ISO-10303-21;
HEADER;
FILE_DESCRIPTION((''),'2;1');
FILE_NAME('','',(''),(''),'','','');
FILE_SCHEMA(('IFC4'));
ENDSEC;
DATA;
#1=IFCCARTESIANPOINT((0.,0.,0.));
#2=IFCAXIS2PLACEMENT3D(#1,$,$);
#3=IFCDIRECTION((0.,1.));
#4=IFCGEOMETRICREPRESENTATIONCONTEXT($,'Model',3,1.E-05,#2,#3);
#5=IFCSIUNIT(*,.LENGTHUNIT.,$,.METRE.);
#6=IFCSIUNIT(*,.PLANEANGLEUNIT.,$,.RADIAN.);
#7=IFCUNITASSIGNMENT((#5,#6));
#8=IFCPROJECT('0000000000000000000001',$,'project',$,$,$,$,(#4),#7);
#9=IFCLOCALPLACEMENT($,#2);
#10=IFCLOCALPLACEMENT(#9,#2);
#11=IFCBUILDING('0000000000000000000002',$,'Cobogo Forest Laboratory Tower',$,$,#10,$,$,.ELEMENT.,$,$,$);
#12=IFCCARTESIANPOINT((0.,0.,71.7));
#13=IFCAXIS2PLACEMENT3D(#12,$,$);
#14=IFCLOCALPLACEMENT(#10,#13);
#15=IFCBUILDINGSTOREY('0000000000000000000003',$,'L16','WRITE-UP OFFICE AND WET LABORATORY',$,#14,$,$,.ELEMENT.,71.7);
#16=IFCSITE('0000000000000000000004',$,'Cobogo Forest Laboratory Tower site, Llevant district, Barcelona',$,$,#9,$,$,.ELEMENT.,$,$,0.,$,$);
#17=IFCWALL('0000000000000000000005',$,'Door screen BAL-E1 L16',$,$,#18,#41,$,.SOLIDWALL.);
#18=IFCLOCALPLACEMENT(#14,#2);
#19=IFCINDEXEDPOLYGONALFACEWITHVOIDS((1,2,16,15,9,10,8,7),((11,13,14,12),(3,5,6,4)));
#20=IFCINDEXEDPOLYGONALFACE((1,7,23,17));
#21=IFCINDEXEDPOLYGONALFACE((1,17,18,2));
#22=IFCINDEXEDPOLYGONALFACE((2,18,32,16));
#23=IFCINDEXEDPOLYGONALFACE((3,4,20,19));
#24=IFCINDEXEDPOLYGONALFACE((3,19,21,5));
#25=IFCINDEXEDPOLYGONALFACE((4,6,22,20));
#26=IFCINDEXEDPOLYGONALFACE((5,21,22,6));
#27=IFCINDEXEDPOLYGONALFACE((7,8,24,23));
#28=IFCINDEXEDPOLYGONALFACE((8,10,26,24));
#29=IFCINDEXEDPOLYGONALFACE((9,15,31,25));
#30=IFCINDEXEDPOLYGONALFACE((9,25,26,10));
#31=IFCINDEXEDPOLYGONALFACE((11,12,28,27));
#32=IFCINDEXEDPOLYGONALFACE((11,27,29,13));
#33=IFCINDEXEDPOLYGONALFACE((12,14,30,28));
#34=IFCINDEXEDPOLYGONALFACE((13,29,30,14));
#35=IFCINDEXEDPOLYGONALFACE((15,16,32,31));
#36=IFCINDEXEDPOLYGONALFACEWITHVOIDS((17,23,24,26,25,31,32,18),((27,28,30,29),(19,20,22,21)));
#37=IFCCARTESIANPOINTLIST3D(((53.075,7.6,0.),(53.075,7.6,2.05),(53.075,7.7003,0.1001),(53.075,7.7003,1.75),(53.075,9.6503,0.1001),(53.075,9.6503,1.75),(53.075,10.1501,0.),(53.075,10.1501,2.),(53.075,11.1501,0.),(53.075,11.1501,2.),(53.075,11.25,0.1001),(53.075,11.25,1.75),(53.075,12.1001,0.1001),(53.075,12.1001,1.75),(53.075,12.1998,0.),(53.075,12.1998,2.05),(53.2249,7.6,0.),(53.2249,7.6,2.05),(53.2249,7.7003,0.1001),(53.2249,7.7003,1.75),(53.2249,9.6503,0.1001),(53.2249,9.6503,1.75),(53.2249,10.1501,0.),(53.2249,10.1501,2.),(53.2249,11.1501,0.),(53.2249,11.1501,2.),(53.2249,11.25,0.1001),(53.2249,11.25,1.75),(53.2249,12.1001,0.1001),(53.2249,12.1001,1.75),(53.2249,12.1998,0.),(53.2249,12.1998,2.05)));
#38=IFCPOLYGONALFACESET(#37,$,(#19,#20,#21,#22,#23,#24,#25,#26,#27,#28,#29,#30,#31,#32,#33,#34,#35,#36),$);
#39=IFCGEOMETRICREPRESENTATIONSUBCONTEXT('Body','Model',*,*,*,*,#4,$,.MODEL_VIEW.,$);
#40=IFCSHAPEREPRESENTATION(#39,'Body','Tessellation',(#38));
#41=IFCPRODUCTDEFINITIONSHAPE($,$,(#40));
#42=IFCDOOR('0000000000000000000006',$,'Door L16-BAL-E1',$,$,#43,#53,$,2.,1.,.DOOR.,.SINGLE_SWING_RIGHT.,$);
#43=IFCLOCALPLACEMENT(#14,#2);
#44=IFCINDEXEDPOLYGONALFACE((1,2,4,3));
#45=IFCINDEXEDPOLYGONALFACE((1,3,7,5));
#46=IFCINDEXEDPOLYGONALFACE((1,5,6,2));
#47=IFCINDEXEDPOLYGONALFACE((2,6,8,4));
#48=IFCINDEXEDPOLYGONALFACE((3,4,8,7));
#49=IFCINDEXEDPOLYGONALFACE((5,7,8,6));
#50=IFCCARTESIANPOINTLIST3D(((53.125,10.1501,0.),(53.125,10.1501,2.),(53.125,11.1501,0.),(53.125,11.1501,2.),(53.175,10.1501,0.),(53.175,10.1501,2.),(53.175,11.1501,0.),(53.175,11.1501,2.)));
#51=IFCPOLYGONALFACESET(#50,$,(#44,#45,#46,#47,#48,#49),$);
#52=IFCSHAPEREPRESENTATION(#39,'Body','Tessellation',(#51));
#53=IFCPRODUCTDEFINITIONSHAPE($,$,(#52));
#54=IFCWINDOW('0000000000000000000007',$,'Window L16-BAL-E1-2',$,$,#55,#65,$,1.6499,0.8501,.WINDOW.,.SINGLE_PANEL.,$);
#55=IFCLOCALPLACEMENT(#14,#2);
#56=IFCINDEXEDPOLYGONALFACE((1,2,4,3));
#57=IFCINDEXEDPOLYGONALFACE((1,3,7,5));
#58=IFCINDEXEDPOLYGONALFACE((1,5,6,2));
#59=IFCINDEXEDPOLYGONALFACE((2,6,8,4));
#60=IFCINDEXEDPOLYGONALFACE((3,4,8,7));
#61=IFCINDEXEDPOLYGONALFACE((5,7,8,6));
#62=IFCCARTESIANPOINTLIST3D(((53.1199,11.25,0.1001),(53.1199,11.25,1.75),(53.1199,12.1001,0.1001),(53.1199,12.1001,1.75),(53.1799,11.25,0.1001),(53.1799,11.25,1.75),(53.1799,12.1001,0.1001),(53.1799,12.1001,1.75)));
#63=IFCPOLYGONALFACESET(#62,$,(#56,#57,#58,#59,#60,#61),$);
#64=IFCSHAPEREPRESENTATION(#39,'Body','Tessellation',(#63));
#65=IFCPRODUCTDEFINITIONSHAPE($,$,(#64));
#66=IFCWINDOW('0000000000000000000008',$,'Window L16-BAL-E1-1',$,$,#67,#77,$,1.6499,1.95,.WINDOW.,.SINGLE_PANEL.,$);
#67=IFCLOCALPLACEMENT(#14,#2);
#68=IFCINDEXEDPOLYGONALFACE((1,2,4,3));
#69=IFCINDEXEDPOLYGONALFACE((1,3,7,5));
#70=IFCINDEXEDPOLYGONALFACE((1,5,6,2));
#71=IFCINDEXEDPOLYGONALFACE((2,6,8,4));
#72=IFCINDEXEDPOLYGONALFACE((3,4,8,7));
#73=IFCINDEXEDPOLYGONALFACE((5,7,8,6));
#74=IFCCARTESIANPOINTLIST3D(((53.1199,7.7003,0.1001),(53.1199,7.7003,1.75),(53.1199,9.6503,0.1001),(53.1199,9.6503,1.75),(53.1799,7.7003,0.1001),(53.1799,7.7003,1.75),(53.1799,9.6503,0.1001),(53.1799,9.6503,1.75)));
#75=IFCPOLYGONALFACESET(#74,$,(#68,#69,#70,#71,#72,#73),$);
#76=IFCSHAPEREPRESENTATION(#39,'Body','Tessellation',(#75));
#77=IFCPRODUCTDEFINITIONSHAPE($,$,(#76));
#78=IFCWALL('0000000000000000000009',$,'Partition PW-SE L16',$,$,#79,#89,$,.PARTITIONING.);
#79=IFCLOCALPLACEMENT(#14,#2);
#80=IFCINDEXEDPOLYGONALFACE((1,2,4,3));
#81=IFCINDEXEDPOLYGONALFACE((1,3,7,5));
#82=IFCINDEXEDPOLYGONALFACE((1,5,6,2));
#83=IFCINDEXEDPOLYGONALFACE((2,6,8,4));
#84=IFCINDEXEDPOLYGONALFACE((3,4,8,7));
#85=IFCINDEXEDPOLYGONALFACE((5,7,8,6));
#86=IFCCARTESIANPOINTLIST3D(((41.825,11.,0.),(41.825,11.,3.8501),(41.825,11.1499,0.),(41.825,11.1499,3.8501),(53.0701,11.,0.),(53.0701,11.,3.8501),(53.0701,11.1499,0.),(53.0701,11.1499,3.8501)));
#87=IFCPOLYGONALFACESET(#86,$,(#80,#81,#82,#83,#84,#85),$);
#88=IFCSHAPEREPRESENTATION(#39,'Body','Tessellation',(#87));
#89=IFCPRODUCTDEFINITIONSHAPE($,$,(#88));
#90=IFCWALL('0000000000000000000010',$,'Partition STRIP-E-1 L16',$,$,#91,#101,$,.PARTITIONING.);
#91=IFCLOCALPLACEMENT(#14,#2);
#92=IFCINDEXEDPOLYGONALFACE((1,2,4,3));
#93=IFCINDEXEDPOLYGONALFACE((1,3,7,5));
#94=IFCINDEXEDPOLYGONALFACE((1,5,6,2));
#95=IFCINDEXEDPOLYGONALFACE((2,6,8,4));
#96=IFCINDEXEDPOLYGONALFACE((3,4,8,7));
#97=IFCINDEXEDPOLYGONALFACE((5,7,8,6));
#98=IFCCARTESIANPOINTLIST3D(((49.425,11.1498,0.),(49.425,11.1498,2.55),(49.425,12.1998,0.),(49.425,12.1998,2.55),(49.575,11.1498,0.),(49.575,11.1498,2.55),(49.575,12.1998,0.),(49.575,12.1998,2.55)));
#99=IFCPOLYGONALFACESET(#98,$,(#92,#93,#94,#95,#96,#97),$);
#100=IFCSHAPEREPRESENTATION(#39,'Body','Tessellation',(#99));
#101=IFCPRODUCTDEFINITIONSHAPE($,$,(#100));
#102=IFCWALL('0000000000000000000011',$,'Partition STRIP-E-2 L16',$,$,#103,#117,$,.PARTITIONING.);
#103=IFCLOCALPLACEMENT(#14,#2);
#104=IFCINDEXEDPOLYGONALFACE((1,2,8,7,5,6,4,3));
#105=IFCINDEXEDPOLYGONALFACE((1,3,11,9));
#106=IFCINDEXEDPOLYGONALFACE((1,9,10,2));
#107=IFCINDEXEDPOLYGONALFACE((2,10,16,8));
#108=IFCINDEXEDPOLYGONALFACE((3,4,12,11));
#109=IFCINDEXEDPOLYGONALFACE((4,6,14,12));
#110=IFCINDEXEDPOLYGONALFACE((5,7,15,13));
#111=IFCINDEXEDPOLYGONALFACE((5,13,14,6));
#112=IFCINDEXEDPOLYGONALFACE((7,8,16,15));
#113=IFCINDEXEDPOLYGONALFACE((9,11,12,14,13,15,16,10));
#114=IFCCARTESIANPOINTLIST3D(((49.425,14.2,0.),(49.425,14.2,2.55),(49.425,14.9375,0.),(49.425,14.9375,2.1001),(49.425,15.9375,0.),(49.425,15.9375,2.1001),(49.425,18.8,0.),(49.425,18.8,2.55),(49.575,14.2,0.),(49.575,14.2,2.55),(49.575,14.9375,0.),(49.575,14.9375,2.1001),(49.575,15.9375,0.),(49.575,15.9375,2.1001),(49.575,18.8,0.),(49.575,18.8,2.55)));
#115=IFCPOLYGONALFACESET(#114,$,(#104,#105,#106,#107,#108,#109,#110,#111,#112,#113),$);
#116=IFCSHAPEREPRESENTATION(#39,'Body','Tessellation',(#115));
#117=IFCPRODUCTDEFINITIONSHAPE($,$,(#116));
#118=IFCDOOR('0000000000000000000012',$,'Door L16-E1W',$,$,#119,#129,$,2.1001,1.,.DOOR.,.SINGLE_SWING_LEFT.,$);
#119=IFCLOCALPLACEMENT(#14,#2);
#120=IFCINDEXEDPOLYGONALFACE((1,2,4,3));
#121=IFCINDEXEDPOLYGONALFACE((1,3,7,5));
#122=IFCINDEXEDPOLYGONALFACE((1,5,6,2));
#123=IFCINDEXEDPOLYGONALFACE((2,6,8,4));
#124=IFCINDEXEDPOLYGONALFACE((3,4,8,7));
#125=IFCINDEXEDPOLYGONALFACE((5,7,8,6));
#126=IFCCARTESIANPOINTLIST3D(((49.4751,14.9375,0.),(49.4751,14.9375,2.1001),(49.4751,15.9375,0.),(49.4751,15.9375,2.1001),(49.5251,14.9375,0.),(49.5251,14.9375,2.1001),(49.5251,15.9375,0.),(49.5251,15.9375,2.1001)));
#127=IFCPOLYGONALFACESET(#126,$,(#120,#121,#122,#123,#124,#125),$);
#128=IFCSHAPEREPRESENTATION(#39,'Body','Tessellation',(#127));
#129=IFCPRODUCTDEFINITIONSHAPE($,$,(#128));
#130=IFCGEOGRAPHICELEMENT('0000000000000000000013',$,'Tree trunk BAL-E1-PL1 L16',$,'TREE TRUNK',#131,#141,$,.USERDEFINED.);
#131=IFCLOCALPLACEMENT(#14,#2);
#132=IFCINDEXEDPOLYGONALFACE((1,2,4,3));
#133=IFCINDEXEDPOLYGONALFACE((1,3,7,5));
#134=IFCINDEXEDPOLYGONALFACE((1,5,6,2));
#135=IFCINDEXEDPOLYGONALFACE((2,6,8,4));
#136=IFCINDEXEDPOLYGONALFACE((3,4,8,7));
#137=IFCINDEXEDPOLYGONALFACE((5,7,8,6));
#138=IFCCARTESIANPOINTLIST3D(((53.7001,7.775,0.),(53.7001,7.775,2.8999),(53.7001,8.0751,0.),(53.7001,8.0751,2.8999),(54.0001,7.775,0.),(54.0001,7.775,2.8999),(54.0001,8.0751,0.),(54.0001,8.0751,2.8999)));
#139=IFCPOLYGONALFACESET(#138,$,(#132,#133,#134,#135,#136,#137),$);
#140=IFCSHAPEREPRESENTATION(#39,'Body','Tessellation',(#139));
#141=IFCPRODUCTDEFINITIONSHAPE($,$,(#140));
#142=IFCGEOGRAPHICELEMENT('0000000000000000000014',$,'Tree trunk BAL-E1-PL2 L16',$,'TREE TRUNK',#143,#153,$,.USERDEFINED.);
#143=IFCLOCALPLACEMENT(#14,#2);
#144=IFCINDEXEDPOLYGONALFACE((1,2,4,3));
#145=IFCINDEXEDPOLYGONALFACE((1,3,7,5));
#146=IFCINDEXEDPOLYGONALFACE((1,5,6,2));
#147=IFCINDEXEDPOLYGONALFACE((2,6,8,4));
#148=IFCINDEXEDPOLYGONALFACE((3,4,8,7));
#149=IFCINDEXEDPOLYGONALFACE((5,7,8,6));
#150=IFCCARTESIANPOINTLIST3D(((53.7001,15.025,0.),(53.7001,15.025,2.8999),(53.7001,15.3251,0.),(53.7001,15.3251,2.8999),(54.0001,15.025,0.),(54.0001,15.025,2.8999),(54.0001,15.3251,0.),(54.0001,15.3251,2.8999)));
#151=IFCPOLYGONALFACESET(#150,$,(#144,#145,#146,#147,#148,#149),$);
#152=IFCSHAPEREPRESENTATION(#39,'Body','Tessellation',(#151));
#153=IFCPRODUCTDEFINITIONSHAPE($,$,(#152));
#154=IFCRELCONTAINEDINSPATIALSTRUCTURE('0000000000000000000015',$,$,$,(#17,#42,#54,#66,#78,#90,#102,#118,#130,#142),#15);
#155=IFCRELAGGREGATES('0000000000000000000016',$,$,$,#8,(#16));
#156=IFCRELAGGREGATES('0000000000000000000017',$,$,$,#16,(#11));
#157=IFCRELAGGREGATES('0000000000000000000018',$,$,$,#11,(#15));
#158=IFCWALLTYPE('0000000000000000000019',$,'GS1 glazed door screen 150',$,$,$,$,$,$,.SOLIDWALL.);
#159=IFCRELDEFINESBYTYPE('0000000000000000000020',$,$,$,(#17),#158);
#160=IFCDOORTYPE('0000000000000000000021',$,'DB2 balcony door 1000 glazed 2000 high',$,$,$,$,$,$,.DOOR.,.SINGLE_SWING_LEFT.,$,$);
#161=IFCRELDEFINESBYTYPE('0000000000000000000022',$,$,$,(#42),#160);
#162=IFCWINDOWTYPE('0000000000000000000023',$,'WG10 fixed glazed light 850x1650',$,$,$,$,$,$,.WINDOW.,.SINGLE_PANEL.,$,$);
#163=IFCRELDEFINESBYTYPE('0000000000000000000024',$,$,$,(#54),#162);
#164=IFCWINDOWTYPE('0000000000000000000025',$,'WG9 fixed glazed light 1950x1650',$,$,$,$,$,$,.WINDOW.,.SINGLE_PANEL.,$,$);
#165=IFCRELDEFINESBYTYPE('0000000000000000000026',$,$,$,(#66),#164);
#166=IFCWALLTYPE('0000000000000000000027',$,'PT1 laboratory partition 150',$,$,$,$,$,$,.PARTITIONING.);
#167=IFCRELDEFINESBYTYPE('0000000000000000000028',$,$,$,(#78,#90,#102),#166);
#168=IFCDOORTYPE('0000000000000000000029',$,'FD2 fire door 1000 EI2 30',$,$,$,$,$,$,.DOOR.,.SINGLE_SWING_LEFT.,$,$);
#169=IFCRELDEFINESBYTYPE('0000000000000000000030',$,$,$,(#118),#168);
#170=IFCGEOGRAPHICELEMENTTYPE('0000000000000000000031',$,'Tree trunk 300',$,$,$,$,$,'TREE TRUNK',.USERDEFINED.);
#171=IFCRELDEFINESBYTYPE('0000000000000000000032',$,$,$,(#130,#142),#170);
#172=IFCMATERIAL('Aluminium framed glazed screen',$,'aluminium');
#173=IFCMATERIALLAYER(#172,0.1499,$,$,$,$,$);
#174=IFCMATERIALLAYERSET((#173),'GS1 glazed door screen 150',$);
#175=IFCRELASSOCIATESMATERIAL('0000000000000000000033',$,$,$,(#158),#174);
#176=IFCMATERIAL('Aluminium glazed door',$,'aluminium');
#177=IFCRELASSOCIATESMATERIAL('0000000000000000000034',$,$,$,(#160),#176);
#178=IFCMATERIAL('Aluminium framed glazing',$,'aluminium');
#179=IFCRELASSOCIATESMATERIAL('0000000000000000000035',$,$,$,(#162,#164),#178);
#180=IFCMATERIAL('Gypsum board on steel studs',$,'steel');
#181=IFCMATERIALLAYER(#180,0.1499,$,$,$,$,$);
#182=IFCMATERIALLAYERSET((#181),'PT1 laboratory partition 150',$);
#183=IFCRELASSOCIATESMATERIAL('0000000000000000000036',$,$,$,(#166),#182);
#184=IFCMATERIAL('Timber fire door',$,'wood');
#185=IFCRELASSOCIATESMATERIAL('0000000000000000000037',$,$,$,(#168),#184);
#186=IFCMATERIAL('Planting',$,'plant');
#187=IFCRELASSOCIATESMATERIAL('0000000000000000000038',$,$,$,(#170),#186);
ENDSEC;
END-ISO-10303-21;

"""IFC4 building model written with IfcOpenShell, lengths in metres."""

from ifc_helpers import new_model, si_unit, direction, frame, frame_2d, origin, origin_2d, place, context, subcontext, project, spatial, rectangle, extrude, material, layer, layer_set, type_object, element, fill, save


model = new_model("IFC4")

# Units and contexts
model_context = context("Model", 3, precision=1e-05, world=origin(), true_north=direction((0.0, 1.0)))
body_context = subcontext(model_context, "Body", "Model", "MODEL_VIEW")
ifc_project = project(units=[si_unit("LENGTHUNIT", "METRE"), si_unit("PLANEANGLEUNIT", "RADIAN")], contexts=[model_context])

# Site, building, storey
site_placement = place(None, origin())
site = spatial("IfcSite", under=ifc_project, at=site_placement, Name="Cobogo Forest Laboratory Tower site, Llevant district, Barcelona", CompositionType="ELEMENT", RefElevation=0.0)
building_placement = place(site_placement, origin())
building = spatial("IfcBuilding", under=site, at=building_placement, Name="Cobogo Forest Laboratory Tower", CompositionType="ELEMENT")
storey_placement = place(building_placement, frame((0.0, 0.0, 71.7)))
storey = spatial("IfcBuildingStorey", under=building, at=storey_placement, Name="L16", Description="WRITE-UP OFFICE AND WET LABORATORY", CompositionType="ELEMENT", Elevation=71.7)

# Wall, openings, door, windows
ifc_material_1 = material(Name="Aluminium framed glazed screen", Category="aluminium")
ifc_layer_1 = layer(ifc_material_1, 0.1499)
ifc_layer_set_1 = layer_set([ifc_layer_1], Name="GS1 glazed door screen 150")
wall_type_1 = type_object("IfcWallType", Name="GS1 glazed door screen 150", PredefinedType="SOLIDWALL", material=ifc_layer_set_1)
wall_1_placement = place(storey_placement, frame((53.1499, 7.6001, 0.0), z_axis=(0.0, 0.0, 1.0), x_axis=(0.0, 1.0, 0.0)))
wall_1 = element("IfcWall", 1, at=wall_1_placement, inside=storey, type_object=wall_type_1, Name="Door screen BAL-E1 L16", PredefinedType="SOLIDWALL", context=body_context, shape_type="SweptSolid", body=[
    extrude(rectangle(XDim=4.5999, YDim=0.1499, at=frame_2d((2.2998, 0.0))), origin(), (0.0, 0.0, 1.0), 2.05),
])
opening_1_placement = place(wall_1_placement, frame((2.55, 0.0, 0.0)))
opening_1 = element("IfcOpeningElement", 2, at=opening_1_placement, cuts=wall_1, PredefinedType="OPENING", context=body_context, shape_type="SweptSolid", body=[
    extrude(rectangle(XDim=1.0, YDim=2.0, at=frame_2d((0.5, 1.0))), frame((0.0, 0.085, 0.0), z_axis=(0.0, -1.0, 0.0), x_axis=(1.0, 0.0, 0.0)), (0.0, 0.0, 1.0), 0.1699),
])
opening_2_placement = place(wall_1_placement, frame((0.1001, 0.0, 0.1001)))
opening_2 = element("IfcOpeningElement", 3, at=opening_2_placement, cuts=wall_1, PredefinedType="OPENING", context=body_context, shape_type="SweptSolid", body=[
    extrude(rectangle(XDim=1.95, YDim=1.6499, at=frame_2d((0.9751, 0.825))), frame((0.0, 0.085, 0.0), z_axis=(0.0, -1.0, 0.0), x_axis=(1.0, 0.0, 0.0)), (0.0, 0.0, 1.0), 0.1699),
])
opening_3_placement = place(wall_1_placement, frame((3.6499, 0.0, 0.1001)))
opening_3 = element("IfcOpeningElement", 4, at=opening_3_placement, cuts=wall_1, PredefinedType="OPENING", context=body_context, shape_type="SweptSolid", body=[
    extrude(rectangle(XDim=0.8501, YDim=1.6499, at=frame_2d((0.425, 0.825))), frame((0.0, 0.085, 0.0), z_axis=(0.0, -1.0, 0.0), x_axis=(1.0, 0.0, 0.0)), (0.0, 0.0, 1.0), 0.1699),
])
ifc_material_2 = material(Name="Aluminium glazed door", Category="aluminium")
door_type_1 = type_object("IfcDoorType", Name="DB2 balcony door 1000 glazed 2000 high", OperationType="SINGLE_SWING_LEFT", PredefinedType="DOOR", material=ifc_material_2)
door_1_placement = place(opening_1_placement, origin())
door_1 = element("IfcDoor", 5, at=door_1_placement, inside=storey, type_object=door_type_1, Name="Door L16-BAL-E1", OperationType="SINGLE_SWING_RIGHT", OverallHeight=2.0, OverallWidth=1.0, PredefinedType="DOOR", context=body_context, shape_type="SweptSolid", body=[
    extrude(rectangle(XDim=1.0, YDim=2.0, at=frame_2d((0.5, 1.0))), frame((0.0, 0.0249, 0.0), z_axis=(0.0, -1.0, 0.0), x_axis=(1.0, 0.0, 0.0)), (0.0, 0.0, 1.0), 0.05),
])
fill(opening_1, door_1)
ifc_material_3 = material(Name="Aluminium framed glazing", Category="aluminium")
window_type_1 = type_object("IfcWindowType", Name="WG10 fixed glazed light 850x1650", PartitioningType="SINGLE_PANEL", PredefinedType="WINDOW", material=ifc_material_3)
window_1_placement = place(opening_3_placement, origin())
window_1 = element("IfcWindow", 6, at=window_1_placement, inside=storey, type_object=window_type_1, Name="Window L16-BAL-E1-2", OverallHeight=1.6499, OverallWidth=0.8501, PartitioningType="SINGLE_PANEL", PredefinedType="WINDOW", context=body_context, shape_type="SweptSolid", body=[
    extrude(rectangle(XDim=0.8501, YDim=1.6499, at=frame_2d((0.425, 0.825))), frame((0.0, 0.03, 0.0), z_axis=(0.0, -1.0, 0.0), x_axis=(1.0, 0.0, 0.0)), (0.0, 0.0, 1.0), 0.0601),
])
fill(opening_3, window_1)
window_type_2 = type_object("IfcWindowType", Name="WG9 fixed glazed light 1950x1650", PartitioningType="SINGLE_PANEL", PredefinedType="WINDOW", material=ifc_material_3)
window_2_placement = place(opening_2_placement, origin())
window_2 = element("IfcWindow", 7, at=window_2_placement, inside=storey, type_object=window_type_2, Name="Window L16-BAL-E1-1", OverallHeight=1.6499, OverallWidth=1.95, PartitioningType="SINGLE_PANEL", PredefinedType="WINDOW", context=body_context, shape_type="SweptSolid", body=[
    extrude(rectangle(XDim=1.95, YDim=1.6499, at=frame_2d((0.9751, 0.825))), frame((0.0, 0.03, 0.0), z_axis=(0.0, -1.0, 0.0), x_axis=(1.0, 0.0, 0.0)), (0.0, 0.0, 1.0), 0.0601),
])
fill(opening_2, window_2)

# Walls
ifc_material_4 = material(Name="Gypsum board on steel studs", Category="steel")
ifc_layer_2 = layer(ifc_material_4, 0.1499)
ifc_layer_set_2 = layer_set([ifc_layer_2], Name="PT1 laboratory partition 150")
wall_type_2 = type_object("IfcWallType", Name="PT1 laboratory partition 150", PredefinedType="PARTITIONING", material=ifc_layer_set_2)
wall_2_placement = place(storey_placement, frame((53.0701, 11.075, 0.0), z_axis=(0.0, 0.0, 1.0), x_axis=(-1.0, 0.0, 0.0)))
element("IfcWall", 8, at=wall_2_placement, inside=storey, type_object=wall_type_2, Name="Partition PW-SE L16", PredefinedType="PARTITIONING", context=body_context, shape_type="SweptSolid", body=[
    extrude(rectangle(XDim=11.2451, YDim=0.1499, at=frame_2d((5.6226, 0.0))), origin(), (0.0, 0.0, 1.0), 3.8501),
])
wall_3_placement = place(storey_placement, frame((49.5, 11.1499, 0.0), z_axis=(0.0, 0.0, 1.0), x_axis=(0.0, 1.0, 0.0)))
element("IfcWall", 9, at=wall_3_placement, inside=storey, type_object=wall_type_2, Name="Partition STRIP-E-1 L16", PredefinedType="PARTITIONING", context=body_context, shape_type="SweptSolid", body=[
    extrude(rectangle(XDim=1.05, YDim=0.1499, at=frame_2d((0.5249, 0.0))), origin(), (0.0, 0.0, 1.0), 2.55),
])

# Wall, opening, door
wall_4_placement = place(storey_placement, frame((49.5, 14.2, 0.0), z_axis=(0.0, 0.0, 1.0), x_axis=(0.0, 1.0, 0.0)))
wall_4 = element("IfcWall", 10, at=wall_4_placement, inside=storey, type_object=wall_type_2, Name="Partition STRIP-E-2 L16", PredefinedType="PARTITIONING", context=body_context, shape_type="SweptSolid", body=[
    extrude(rectangle(XDim=4.6001, YDim=0.1499, at=frame_2d((2.3, 0.0))), origin(), (0.0, 0.0, 1.0), 2.55),
])
opening_4_placement = place(wall_4_placement, frame((0.7375, 0.0, 0.0)))
opening_4 = element("IfcOpeningElement", 11, at=opening_4_placement, cuts=wall_4, PredefinedType="OPENING", context=body_context, shape_type="SweptSolid", body=[
    extrude(rectangle(XDim=1.0, YDim=2.1001, at=frame_2d((0.5, 1.05))), frame((0.0, 0.085, 0.0), z_axis=(0.0, -1.0, 0.0), x_axis=(1.0, 0.0, 0.0)), (0.0, 0.0, 1.0), 0.1699),
])
ifc_material_5 = material(Name="Timber fire door", Category="wood")
door_type_2 = type_object("IfcDoorType", Name="FD2 fire door 1000 EI2 30", OperationType="SINGLE_SWING_LEFT", PredefinedType="DOOR", material=ifc_material_5)
door_2_placement = place(opening_4_placement, origin())
door_2 = element("IfcDoor", 12, at=door_2_placement, inside=storey, type_object=door_type_2, Name="Door L16-E1W", OperationType="SINGLE_SWING_LEFT", OverallHeight=2.1001, OverallWidth=1.0, PredefinedType="DOOR", context=body_context, shape_type="SweptSolid", body=[
    extrude(rectangle(XDim=1.0, YDim=2.1001, at=frame_2d((0.5, 1.05))), frame((0.0, 0.0249, 0.0), z_axis=(0.0, -1.0, 0.0), x_axis=(1.0, 0.0, 0.0)), (0.0, 0.0, 1.0), 0.05),
])
fill(opening_4, door_2)

# Geographic elements
ifc_material_6 = material(Name="Planting", Category="plant")
geographic_element_type = type_object("IfcGeographicElementType", Name="Tree trunk 300", ElementType="TREE TRUNK", PredefinedType="USERDEFINED", material=ifc_material_6)
for number, where, z_axis, x_axis, name in (
    (13, (53.8501, 7.925, 0.0), (0.0, 0.0, 1.0), (1.0, 0.0, 0.0), "Tree trunk BAL-E1-PL1 L16"),
    (14, (53.8501, 15.175, 0.0), (0.0, 0.0, 1.0), (1.0, 0.0, 0.0), "Tree trunk BAL-E1-PL2 L16"),
):
    element("IfcGeographicElement", number, at=place(storey_placement, frame(where, z_axis=z_axis, x_axis=x_axis)), inside=storey, type_object=geographic_element_type, Name=name, ObjectType="TREE TRUNK", PredefinedType="USERDEFINED", context=body_context, shape_type="SweptSolid", body=[
        extrude(rectangle(XDim=0.3, YDim=0.3, at=origin_2d()), origin(), (0.0, 0.0, 1.0), 2.8999),
    ])

save(model, "model.ifc")
